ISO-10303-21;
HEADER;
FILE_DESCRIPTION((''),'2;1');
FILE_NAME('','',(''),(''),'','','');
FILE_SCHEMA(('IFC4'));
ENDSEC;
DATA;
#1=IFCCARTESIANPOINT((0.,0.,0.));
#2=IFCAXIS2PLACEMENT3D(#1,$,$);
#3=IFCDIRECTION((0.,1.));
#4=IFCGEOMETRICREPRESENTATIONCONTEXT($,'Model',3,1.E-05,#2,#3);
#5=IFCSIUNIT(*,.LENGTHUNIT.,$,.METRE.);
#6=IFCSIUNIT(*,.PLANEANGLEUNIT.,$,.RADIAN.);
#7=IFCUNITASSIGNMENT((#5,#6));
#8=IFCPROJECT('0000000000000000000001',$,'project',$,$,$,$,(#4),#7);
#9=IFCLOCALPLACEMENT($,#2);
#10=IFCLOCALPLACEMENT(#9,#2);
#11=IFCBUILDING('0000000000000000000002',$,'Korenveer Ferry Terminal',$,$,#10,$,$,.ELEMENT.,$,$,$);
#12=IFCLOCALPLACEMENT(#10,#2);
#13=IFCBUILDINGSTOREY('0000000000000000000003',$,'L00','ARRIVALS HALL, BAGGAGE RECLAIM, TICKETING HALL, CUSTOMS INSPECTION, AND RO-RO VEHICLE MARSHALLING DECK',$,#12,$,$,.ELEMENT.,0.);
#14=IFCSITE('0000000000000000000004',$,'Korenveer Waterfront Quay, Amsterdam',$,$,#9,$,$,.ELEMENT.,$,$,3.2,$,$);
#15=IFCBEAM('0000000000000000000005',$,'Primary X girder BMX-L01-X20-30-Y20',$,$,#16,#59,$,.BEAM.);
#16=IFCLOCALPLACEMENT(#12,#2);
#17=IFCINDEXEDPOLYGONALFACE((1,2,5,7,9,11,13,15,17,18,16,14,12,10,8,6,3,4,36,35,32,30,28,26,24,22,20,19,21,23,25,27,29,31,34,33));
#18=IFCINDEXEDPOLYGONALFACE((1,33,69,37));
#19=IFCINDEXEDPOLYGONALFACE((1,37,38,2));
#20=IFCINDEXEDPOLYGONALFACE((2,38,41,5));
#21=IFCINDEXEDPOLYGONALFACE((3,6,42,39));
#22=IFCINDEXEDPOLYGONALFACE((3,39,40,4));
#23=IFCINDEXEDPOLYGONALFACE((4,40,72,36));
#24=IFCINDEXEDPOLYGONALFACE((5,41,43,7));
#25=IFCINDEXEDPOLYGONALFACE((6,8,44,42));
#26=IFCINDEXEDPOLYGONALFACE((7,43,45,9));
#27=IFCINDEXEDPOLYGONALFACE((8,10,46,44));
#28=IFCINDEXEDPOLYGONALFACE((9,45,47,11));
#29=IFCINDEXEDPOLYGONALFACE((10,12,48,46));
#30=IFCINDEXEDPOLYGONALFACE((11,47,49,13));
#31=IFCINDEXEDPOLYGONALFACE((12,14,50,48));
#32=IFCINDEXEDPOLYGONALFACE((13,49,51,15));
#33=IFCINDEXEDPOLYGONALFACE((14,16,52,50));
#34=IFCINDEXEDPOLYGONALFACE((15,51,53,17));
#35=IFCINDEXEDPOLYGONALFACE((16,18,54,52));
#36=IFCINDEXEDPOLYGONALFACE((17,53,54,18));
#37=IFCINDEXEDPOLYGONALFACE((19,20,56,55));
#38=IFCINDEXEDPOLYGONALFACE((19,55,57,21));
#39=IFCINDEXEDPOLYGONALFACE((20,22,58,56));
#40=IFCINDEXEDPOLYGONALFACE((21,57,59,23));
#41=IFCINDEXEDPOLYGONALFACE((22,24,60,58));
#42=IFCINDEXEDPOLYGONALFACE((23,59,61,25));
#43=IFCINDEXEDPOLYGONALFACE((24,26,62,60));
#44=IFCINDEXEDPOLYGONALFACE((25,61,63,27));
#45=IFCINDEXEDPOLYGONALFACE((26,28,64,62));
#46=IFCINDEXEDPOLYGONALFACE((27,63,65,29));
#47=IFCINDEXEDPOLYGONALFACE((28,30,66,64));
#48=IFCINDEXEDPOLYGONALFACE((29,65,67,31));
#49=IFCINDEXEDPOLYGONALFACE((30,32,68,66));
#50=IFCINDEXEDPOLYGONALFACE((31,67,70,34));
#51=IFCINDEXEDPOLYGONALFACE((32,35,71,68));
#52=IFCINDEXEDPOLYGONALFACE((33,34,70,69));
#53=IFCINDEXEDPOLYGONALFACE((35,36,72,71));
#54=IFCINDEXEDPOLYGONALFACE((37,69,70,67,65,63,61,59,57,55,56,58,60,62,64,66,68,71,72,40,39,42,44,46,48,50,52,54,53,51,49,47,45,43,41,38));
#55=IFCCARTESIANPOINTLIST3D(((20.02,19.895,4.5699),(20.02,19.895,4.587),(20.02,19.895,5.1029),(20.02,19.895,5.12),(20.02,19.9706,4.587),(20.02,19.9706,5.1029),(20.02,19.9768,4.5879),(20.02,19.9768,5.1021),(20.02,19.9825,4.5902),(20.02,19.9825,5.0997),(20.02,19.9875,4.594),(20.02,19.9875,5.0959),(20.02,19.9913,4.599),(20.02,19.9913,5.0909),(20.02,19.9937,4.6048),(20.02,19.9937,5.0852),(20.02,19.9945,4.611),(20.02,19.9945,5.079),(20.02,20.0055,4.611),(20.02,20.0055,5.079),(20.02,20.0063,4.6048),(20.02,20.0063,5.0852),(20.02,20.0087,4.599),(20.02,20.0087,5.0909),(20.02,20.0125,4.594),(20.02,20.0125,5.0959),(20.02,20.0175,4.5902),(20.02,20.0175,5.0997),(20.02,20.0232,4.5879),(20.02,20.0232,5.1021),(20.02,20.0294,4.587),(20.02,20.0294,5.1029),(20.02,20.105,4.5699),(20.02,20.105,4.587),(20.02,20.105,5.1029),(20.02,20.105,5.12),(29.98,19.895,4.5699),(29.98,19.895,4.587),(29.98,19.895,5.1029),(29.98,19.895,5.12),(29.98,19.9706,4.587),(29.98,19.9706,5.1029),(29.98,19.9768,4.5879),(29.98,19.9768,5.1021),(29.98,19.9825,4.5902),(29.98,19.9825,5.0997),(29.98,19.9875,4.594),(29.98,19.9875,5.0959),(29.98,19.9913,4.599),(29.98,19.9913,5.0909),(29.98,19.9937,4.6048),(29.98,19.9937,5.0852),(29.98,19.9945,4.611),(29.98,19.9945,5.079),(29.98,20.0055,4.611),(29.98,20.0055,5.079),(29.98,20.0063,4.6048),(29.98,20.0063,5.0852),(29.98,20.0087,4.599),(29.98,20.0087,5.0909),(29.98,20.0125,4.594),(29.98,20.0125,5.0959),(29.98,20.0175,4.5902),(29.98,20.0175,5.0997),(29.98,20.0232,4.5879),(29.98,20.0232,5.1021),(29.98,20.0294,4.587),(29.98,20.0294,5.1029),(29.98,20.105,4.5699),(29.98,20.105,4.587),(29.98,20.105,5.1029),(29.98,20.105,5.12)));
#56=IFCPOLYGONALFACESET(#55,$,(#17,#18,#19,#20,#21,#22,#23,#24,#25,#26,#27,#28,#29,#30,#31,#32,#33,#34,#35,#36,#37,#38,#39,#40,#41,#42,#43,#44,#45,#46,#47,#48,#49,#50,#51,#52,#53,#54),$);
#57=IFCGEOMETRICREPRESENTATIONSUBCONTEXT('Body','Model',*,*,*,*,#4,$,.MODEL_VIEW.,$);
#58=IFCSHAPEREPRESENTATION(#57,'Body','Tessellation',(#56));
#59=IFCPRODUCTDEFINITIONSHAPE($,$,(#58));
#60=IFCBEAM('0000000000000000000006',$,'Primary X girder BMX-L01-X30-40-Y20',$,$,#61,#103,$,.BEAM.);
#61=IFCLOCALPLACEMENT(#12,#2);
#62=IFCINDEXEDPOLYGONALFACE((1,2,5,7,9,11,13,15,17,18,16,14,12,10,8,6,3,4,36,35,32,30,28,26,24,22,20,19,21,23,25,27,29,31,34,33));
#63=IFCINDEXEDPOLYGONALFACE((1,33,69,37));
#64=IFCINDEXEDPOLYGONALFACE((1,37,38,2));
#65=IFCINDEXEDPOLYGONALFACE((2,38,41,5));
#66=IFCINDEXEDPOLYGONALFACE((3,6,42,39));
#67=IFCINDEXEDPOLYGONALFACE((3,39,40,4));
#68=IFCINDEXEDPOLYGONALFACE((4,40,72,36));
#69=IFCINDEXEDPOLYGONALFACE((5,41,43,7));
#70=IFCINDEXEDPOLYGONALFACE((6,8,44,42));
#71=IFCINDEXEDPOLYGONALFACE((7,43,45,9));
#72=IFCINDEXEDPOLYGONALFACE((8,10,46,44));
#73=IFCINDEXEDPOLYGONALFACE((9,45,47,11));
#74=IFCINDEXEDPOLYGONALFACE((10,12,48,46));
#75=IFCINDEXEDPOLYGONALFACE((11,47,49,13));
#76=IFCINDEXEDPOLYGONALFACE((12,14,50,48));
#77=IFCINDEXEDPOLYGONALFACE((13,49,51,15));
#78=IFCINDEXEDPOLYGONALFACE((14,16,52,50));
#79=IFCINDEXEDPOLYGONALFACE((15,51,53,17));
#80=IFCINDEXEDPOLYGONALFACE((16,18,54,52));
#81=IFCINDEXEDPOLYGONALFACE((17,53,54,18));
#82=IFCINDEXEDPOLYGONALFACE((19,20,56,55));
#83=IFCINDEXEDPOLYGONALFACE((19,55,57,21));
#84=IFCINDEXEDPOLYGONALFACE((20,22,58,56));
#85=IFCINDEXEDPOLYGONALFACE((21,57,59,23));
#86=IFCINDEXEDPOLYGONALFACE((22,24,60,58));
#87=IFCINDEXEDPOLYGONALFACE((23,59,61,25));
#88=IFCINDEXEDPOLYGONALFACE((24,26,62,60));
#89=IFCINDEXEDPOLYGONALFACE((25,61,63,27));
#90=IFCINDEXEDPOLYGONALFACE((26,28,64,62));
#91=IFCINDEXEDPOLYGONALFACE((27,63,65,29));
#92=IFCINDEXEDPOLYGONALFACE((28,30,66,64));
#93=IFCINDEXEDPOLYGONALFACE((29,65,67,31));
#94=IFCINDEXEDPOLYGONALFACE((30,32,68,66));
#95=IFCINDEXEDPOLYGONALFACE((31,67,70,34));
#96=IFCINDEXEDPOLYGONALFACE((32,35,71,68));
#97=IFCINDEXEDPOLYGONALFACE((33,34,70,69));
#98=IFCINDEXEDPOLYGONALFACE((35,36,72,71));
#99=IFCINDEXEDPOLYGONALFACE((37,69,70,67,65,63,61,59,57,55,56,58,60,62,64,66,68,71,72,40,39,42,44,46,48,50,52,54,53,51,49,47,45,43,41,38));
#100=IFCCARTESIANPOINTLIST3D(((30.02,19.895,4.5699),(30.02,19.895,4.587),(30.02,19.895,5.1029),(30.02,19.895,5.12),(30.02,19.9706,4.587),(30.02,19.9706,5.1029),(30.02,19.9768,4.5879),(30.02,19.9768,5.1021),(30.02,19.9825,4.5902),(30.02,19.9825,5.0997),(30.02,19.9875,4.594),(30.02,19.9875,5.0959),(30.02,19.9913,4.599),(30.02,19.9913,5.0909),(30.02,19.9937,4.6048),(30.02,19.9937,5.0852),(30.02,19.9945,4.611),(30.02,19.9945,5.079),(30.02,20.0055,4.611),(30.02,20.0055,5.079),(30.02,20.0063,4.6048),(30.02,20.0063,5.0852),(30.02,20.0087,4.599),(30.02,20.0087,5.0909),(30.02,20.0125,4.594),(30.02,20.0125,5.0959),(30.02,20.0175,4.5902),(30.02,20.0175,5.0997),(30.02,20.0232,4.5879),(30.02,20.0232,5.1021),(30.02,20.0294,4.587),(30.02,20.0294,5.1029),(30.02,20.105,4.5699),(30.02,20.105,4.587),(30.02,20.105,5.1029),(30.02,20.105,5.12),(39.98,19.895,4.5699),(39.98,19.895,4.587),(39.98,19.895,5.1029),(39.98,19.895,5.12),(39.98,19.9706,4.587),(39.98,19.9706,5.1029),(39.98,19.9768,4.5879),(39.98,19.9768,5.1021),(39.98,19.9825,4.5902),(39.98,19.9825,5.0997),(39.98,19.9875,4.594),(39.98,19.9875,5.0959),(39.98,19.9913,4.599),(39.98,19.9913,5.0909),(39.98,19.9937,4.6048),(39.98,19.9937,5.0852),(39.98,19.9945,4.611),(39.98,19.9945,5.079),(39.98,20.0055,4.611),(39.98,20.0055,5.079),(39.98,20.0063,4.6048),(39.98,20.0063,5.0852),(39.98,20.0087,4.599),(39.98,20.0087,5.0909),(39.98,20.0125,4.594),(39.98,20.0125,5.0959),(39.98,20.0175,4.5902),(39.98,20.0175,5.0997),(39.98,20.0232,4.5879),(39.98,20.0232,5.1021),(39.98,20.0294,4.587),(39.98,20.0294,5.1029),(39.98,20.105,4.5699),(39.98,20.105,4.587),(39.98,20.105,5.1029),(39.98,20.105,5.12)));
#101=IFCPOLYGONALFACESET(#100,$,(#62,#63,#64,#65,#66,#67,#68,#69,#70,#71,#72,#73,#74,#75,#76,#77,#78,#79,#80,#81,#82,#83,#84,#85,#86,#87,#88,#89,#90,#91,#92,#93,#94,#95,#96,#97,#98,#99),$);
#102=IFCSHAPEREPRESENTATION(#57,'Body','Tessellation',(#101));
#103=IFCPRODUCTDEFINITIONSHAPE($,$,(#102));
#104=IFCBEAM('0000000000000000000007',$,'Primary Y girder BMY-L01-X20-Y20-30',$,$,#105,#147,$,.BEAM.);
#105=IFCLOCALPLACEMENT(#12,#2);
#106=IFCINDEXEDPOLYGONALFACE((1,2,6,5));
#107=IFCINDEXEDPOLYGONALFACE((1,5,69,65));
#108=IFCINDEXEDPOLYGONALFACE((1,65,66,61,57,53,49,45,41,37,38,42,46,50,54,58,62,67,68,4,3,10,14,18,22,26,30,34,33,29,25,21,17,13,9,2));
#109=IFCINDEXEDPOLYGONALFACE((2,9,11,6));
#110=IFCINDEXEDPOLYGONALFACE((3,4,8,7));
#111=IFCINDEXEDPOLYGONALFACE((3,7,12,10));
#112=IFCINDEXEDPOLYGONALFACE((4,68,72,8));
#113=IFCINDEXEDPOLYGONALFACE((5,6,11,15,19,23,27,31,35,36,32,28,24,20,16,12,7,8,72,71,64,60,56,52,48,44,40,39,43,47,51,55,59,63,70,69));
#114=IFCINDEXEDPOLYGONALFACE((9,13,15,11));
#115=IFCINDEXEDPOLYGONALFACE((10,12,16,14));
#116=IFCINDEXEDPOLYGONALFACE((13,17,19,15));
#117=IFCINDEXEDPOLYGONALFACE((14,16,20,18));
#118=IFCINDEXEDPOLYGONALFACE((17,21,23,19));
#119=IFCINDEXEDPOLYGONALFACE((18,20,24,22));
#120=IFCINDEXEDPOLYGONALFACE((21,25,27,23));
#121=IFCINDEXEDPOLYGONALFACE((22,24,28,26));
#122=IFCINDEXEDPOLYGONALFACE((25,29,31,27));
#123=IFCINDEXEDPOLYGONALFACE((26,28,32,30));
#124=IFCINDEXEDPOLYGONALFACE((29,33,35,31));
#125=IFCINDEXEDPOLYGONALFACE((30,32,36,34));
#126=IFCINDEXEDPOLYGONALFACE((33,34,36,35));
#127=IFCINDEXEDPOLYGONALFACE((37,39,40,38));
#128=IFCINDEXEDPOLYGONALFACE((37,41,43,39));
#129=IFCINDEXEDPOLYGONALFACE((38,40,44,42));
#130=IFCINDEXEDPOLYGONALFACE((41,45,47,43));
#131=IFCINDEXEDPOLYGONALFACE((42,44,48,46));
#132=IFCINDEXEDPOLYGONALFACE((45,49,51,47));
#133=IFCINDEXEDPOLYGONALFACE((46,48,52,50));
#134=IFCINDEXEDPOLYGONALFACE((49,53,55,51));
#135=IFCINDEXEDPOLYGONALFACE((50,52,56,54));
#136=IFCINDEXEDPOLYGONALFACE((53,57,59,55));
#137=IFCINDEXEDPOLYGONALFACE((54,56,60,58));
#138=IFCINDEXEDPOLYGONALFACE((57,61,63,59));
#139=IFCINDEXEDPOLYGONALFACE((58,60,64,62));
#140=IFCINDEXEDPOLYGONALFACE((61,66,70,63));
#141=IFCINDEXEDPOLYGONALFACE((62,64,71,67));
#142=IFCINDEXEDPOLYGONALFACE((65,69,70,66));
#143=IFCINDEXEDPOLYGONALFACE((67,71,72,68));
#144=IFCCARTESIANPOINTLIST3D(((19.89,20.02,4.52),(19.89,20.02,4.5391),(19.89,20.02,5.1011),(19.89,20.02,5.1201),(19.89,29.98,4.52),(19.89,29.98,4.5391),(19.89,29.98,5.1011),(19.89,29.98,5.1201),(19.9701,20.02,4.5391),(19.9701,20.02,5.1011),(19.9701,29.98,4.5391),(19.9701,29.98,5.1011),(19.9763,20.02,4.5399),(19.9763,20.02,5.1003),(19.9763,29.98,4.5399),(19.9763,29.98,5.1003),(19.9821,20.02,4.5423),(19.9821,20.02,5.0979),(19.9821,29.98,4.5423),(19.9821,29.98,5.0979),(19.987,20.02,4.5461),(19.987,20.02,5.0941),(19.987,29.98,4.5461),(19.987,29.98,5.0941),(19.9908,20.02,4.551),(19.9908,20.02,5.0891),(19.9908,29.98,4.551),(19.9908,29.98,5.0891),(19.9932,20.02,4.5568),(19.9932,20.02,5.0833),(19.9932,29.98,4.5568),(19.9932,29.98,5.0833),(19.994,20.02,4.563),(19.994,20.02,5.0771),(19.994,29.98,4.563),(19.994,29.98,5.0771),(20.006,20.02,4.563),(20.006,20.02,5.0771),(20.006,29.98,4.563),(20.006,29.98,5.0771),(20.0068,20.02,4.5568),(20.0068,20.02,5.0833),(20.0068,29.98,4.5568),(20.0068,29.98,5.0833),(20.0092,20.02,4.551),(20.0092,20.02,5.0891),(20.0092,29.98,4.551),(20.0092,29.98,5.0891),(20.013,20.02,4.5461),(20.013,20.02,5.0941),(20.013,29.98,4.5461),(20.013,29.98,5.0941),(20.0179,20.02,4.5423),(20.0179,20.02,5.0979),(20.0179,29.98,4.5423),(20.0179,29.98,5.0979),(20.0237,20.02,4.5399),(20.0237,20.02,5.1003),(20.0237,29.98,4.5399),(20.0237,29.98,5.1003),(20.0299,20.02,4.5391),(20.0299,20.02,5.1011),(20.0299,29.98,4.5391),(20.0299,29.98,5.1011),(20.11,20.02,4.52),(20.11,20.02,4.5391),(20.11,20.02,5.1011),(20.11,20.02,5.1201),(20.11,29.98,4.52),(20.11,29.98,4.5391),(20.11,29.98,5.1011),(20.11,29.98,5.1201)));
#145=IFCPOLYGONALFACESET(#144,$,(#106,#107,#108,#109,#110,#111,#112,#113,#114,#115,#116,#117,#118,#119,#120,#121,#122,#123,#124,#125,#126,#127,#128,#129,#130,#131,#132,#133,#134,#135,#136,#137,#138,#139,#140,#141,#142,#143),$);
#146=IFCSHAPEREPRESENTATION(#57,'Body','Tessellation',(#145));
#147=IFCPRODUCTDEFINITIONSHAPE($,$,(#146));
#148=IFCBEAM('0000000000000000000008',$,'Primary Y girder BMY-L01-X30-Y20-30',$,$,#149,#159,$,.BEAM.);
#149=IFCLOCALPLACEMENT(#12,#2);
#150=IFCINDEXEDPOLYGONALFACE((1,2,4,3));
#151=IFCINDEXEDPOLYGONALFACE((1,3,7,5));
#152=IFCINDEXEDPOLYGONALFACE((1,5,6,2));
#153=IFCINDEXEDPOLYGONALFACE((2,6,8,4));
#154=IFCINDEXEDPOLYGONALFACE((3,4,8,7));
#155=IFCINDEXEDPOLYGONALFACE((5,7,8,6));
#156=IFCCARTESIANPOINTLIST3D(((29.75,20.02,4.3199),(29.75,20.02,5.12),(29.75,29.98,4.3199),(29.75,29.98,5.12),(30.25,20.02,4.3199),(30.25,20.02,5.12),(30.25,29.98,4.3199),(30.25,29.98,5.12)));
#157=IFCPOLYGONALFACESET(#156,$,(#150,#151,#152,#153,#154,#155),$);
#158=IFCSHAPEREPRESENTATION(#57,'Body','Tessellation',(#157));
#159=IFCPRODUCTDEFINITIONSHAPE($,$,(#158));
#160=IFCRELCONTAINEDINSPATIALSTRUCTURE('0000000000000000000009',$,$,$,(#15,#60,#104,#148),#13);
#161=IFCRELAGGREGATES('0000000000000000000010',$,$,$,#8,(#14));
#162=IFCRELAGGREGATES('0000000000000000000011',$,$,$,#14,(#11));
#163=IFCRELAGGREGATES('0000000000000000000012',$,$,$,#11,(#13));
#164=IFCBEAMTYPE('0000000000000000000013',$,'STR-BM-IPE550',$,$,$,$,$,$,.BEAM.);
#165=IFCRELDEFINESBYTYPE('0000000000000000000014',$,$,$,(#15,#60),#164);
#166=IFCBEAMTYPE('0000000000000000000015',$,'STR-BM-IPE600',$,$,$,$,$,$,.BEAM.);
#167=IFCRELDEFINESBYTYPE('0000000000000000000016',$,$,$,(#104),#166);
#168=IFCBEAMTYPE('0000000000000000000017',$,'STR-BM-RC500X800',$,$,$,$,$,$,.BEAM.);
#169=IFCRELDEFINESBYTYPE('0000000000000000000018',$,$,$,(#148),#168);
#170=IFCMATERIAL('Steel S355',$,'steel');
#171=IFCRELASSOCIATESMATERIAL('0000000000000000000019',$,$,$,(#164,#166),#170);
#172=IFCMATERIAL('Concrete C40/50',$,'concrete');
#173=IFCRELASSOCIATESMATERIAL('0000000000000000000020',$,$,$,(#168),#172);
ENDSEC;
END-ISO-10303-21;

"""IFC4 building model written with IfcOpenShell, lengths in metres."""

from ifc_helpers import new_model, si_unit, direction, frame, origin, origin_2d, place, context, subcontext, project, spatial, rectangle, i_section, extrude, material, material_profile, profile_set, type_object, element, save


model = new_model("IFC4")

# Units and contexts
model_context = context("Model", 3, precision=1e-05, world=origin(), true_north=direction((0.0, 1.0)))
body_context = subcontext(model_context, "Body", "Model", "MODEL_VIEW")
ifc_project = project(units=[si_unit("LENGTHUNIT", "METRE"), si_unit("PLANEANGLEUNIT", "RADIAN")], contexts=[model_context])

# Site, building, storey
site_placement = place(None, origin())
site = spatial("IfcSite", under=ifc_project, at=site_placement, Name="Korenveer Waterfront Quay, Amsterdam", CompositionType="ELEMENT", RefElevation=3.2)
building_placement = place(site_placement, origin())
building = spatial("IfcBuilding", under=site, at=building_placement, Name="Korenveer Ferry Terminal", CompositionType="ELEMENT")
storey_placement = place(building_placement, origin())
storey = spatial("IfcBuildingStorey", under=building, at=storey_placement, Name="L00", Description="ARRIVALS HALL, BAGGAGE RECLAIM, TICKETING HALL, CUSTOMS INSPECTION, AND RO-RO VEHICLE MARSHALLING DECK", CompositionType="ELEMENT", Elevation=0.0)

# Shared definitions
ifc_material_1 = material(Name="Concrete C40/50", Category="concrete")

# Beams
ifc_material_2 = material(Name="Steel S355", Category="steel")
ifc_material_profile_1 = material_profile(ifc_material_2, i_section(OverallWidth=0.21, OverallDepth=0.55, WebThickness=0.011, FlangeThickness=0.0171, FilletRadius=0.0239, at=origin_2d()), Name="IPE 550")
ifc_profile_set_1 = profile_set([ifc_material_profile_1], Name="Steel S355")
beam_type_1 = type_object("IfcBeamType", Name="STR-BM-IPE550", PredefinedType="BEAM", material=ifc_profile_set_1)
for number, where, z_axis, x_axis, name in (
    (1, (20.02, 20.0, 4.845), (1.0, 0.0, 0.0), (0.0, 1.0, 0.0), "Primary X girder BMX-L01-X20-30-Y20"),
    (2, (30.02, 20.0, 4.845), (1.0, 0.0, 0.0), (0.0, 1.0, 0.0), "Primary X girder BMX-L01-X30-40-Y20"),
):
    element("IfcBeam", number, at=place(storey_placement, frame(where, z_axis=z_axis, x_axis=x_axis)), inside=storey, type_object=beam_type_1, Name=name, PredefinedType="BEAM", context=body_context, shape_type="SweptSolid", body=[
        extrude(i_section(OverallWidth=0.21, OverallDepth=0.55, WebThickness=0.011, FlangeThickness=0.0171, FilletRadius=0.0239, at=origin_2d()), origin(), (0.0, 0.0, 1.0), 9.96),
    ])
ifc_material_profile_2 = material_profile(ifc_material_2, i_section(OverallWidth=0.22, OverallDepth=0.6001, WebThickness=0.012, FlangeThickness=0.019, FilletRadius=0.0239, at=origin_2d()), Name="IPE 600")
ifc_profile_set_2 = profile_set([ifc_material_profile_2], Name="Steel S355")
beam_type_2 = type_object("IfcBeamType", Name="STR-BM-IPE600", PredefinedType="BEAM", material=ifc_profile_set_2)
beam_1_placement = place(storey_placement, frame((20.0, 20.02, 4.8201), z_axis=(0.0, 1.0, 0.0), x_axis=(-1.0, 0.0, 0.0)))
element("IfcBeam", 3, at=beam_1_placement, inside=storey, type_object=beam_type_2, Name="Primary Y girder BMY-L01-X20-Y20-30", PredefinedType="BEAM", context=body_context, shape_type="SweptSolid", body=[
    extrude(i_section(OverallWidth=0.22, OverallDepth=0.6001, WebThickness=0.012, FlangeThickness=0.019, FilletRadius=0.0239, at=origin_2d()), origin(), (0.0, 0.0, 1.0), 9.96),
])
ifc_material_profile_3 = material_profile(ifc_material_1, rectangle(XDim=0.5, YDim=0.8, at=origin_2d()), Name="RC 500x800")
ifc_profile_set_3 = profile_set([ifc_material_profile_3], Name="Concrete C40/50")
beam_type_3 = type_object("IfcBeamType", Name="STR-BM-RC500X800", PredefinedType="BEAM", material=ifc_profile_set_3)
beam_2_placement = place(storey_placement, frame((30.0, 20.02, 4.72), z_axis=(0.0, 1.0, 0.0), x_axis=(-1.0, 0.0, 0.0)))
element("IfcBeam", 4, at=beam_2_placement, inside=storey, type_object=beam_type_3, Name="Primary Y girder BMY-L01-X30-Y20-30", PredefinedType="BEAM", context=body_context, shape_type="SweptSolid", body=[
    extrude(rectangle(XDim=0.5, YDim=0.8, at=origin_2d()), origin(), (0.0, 0.0, 1.0), 9.96),
])

save(model, "model.ifc")
